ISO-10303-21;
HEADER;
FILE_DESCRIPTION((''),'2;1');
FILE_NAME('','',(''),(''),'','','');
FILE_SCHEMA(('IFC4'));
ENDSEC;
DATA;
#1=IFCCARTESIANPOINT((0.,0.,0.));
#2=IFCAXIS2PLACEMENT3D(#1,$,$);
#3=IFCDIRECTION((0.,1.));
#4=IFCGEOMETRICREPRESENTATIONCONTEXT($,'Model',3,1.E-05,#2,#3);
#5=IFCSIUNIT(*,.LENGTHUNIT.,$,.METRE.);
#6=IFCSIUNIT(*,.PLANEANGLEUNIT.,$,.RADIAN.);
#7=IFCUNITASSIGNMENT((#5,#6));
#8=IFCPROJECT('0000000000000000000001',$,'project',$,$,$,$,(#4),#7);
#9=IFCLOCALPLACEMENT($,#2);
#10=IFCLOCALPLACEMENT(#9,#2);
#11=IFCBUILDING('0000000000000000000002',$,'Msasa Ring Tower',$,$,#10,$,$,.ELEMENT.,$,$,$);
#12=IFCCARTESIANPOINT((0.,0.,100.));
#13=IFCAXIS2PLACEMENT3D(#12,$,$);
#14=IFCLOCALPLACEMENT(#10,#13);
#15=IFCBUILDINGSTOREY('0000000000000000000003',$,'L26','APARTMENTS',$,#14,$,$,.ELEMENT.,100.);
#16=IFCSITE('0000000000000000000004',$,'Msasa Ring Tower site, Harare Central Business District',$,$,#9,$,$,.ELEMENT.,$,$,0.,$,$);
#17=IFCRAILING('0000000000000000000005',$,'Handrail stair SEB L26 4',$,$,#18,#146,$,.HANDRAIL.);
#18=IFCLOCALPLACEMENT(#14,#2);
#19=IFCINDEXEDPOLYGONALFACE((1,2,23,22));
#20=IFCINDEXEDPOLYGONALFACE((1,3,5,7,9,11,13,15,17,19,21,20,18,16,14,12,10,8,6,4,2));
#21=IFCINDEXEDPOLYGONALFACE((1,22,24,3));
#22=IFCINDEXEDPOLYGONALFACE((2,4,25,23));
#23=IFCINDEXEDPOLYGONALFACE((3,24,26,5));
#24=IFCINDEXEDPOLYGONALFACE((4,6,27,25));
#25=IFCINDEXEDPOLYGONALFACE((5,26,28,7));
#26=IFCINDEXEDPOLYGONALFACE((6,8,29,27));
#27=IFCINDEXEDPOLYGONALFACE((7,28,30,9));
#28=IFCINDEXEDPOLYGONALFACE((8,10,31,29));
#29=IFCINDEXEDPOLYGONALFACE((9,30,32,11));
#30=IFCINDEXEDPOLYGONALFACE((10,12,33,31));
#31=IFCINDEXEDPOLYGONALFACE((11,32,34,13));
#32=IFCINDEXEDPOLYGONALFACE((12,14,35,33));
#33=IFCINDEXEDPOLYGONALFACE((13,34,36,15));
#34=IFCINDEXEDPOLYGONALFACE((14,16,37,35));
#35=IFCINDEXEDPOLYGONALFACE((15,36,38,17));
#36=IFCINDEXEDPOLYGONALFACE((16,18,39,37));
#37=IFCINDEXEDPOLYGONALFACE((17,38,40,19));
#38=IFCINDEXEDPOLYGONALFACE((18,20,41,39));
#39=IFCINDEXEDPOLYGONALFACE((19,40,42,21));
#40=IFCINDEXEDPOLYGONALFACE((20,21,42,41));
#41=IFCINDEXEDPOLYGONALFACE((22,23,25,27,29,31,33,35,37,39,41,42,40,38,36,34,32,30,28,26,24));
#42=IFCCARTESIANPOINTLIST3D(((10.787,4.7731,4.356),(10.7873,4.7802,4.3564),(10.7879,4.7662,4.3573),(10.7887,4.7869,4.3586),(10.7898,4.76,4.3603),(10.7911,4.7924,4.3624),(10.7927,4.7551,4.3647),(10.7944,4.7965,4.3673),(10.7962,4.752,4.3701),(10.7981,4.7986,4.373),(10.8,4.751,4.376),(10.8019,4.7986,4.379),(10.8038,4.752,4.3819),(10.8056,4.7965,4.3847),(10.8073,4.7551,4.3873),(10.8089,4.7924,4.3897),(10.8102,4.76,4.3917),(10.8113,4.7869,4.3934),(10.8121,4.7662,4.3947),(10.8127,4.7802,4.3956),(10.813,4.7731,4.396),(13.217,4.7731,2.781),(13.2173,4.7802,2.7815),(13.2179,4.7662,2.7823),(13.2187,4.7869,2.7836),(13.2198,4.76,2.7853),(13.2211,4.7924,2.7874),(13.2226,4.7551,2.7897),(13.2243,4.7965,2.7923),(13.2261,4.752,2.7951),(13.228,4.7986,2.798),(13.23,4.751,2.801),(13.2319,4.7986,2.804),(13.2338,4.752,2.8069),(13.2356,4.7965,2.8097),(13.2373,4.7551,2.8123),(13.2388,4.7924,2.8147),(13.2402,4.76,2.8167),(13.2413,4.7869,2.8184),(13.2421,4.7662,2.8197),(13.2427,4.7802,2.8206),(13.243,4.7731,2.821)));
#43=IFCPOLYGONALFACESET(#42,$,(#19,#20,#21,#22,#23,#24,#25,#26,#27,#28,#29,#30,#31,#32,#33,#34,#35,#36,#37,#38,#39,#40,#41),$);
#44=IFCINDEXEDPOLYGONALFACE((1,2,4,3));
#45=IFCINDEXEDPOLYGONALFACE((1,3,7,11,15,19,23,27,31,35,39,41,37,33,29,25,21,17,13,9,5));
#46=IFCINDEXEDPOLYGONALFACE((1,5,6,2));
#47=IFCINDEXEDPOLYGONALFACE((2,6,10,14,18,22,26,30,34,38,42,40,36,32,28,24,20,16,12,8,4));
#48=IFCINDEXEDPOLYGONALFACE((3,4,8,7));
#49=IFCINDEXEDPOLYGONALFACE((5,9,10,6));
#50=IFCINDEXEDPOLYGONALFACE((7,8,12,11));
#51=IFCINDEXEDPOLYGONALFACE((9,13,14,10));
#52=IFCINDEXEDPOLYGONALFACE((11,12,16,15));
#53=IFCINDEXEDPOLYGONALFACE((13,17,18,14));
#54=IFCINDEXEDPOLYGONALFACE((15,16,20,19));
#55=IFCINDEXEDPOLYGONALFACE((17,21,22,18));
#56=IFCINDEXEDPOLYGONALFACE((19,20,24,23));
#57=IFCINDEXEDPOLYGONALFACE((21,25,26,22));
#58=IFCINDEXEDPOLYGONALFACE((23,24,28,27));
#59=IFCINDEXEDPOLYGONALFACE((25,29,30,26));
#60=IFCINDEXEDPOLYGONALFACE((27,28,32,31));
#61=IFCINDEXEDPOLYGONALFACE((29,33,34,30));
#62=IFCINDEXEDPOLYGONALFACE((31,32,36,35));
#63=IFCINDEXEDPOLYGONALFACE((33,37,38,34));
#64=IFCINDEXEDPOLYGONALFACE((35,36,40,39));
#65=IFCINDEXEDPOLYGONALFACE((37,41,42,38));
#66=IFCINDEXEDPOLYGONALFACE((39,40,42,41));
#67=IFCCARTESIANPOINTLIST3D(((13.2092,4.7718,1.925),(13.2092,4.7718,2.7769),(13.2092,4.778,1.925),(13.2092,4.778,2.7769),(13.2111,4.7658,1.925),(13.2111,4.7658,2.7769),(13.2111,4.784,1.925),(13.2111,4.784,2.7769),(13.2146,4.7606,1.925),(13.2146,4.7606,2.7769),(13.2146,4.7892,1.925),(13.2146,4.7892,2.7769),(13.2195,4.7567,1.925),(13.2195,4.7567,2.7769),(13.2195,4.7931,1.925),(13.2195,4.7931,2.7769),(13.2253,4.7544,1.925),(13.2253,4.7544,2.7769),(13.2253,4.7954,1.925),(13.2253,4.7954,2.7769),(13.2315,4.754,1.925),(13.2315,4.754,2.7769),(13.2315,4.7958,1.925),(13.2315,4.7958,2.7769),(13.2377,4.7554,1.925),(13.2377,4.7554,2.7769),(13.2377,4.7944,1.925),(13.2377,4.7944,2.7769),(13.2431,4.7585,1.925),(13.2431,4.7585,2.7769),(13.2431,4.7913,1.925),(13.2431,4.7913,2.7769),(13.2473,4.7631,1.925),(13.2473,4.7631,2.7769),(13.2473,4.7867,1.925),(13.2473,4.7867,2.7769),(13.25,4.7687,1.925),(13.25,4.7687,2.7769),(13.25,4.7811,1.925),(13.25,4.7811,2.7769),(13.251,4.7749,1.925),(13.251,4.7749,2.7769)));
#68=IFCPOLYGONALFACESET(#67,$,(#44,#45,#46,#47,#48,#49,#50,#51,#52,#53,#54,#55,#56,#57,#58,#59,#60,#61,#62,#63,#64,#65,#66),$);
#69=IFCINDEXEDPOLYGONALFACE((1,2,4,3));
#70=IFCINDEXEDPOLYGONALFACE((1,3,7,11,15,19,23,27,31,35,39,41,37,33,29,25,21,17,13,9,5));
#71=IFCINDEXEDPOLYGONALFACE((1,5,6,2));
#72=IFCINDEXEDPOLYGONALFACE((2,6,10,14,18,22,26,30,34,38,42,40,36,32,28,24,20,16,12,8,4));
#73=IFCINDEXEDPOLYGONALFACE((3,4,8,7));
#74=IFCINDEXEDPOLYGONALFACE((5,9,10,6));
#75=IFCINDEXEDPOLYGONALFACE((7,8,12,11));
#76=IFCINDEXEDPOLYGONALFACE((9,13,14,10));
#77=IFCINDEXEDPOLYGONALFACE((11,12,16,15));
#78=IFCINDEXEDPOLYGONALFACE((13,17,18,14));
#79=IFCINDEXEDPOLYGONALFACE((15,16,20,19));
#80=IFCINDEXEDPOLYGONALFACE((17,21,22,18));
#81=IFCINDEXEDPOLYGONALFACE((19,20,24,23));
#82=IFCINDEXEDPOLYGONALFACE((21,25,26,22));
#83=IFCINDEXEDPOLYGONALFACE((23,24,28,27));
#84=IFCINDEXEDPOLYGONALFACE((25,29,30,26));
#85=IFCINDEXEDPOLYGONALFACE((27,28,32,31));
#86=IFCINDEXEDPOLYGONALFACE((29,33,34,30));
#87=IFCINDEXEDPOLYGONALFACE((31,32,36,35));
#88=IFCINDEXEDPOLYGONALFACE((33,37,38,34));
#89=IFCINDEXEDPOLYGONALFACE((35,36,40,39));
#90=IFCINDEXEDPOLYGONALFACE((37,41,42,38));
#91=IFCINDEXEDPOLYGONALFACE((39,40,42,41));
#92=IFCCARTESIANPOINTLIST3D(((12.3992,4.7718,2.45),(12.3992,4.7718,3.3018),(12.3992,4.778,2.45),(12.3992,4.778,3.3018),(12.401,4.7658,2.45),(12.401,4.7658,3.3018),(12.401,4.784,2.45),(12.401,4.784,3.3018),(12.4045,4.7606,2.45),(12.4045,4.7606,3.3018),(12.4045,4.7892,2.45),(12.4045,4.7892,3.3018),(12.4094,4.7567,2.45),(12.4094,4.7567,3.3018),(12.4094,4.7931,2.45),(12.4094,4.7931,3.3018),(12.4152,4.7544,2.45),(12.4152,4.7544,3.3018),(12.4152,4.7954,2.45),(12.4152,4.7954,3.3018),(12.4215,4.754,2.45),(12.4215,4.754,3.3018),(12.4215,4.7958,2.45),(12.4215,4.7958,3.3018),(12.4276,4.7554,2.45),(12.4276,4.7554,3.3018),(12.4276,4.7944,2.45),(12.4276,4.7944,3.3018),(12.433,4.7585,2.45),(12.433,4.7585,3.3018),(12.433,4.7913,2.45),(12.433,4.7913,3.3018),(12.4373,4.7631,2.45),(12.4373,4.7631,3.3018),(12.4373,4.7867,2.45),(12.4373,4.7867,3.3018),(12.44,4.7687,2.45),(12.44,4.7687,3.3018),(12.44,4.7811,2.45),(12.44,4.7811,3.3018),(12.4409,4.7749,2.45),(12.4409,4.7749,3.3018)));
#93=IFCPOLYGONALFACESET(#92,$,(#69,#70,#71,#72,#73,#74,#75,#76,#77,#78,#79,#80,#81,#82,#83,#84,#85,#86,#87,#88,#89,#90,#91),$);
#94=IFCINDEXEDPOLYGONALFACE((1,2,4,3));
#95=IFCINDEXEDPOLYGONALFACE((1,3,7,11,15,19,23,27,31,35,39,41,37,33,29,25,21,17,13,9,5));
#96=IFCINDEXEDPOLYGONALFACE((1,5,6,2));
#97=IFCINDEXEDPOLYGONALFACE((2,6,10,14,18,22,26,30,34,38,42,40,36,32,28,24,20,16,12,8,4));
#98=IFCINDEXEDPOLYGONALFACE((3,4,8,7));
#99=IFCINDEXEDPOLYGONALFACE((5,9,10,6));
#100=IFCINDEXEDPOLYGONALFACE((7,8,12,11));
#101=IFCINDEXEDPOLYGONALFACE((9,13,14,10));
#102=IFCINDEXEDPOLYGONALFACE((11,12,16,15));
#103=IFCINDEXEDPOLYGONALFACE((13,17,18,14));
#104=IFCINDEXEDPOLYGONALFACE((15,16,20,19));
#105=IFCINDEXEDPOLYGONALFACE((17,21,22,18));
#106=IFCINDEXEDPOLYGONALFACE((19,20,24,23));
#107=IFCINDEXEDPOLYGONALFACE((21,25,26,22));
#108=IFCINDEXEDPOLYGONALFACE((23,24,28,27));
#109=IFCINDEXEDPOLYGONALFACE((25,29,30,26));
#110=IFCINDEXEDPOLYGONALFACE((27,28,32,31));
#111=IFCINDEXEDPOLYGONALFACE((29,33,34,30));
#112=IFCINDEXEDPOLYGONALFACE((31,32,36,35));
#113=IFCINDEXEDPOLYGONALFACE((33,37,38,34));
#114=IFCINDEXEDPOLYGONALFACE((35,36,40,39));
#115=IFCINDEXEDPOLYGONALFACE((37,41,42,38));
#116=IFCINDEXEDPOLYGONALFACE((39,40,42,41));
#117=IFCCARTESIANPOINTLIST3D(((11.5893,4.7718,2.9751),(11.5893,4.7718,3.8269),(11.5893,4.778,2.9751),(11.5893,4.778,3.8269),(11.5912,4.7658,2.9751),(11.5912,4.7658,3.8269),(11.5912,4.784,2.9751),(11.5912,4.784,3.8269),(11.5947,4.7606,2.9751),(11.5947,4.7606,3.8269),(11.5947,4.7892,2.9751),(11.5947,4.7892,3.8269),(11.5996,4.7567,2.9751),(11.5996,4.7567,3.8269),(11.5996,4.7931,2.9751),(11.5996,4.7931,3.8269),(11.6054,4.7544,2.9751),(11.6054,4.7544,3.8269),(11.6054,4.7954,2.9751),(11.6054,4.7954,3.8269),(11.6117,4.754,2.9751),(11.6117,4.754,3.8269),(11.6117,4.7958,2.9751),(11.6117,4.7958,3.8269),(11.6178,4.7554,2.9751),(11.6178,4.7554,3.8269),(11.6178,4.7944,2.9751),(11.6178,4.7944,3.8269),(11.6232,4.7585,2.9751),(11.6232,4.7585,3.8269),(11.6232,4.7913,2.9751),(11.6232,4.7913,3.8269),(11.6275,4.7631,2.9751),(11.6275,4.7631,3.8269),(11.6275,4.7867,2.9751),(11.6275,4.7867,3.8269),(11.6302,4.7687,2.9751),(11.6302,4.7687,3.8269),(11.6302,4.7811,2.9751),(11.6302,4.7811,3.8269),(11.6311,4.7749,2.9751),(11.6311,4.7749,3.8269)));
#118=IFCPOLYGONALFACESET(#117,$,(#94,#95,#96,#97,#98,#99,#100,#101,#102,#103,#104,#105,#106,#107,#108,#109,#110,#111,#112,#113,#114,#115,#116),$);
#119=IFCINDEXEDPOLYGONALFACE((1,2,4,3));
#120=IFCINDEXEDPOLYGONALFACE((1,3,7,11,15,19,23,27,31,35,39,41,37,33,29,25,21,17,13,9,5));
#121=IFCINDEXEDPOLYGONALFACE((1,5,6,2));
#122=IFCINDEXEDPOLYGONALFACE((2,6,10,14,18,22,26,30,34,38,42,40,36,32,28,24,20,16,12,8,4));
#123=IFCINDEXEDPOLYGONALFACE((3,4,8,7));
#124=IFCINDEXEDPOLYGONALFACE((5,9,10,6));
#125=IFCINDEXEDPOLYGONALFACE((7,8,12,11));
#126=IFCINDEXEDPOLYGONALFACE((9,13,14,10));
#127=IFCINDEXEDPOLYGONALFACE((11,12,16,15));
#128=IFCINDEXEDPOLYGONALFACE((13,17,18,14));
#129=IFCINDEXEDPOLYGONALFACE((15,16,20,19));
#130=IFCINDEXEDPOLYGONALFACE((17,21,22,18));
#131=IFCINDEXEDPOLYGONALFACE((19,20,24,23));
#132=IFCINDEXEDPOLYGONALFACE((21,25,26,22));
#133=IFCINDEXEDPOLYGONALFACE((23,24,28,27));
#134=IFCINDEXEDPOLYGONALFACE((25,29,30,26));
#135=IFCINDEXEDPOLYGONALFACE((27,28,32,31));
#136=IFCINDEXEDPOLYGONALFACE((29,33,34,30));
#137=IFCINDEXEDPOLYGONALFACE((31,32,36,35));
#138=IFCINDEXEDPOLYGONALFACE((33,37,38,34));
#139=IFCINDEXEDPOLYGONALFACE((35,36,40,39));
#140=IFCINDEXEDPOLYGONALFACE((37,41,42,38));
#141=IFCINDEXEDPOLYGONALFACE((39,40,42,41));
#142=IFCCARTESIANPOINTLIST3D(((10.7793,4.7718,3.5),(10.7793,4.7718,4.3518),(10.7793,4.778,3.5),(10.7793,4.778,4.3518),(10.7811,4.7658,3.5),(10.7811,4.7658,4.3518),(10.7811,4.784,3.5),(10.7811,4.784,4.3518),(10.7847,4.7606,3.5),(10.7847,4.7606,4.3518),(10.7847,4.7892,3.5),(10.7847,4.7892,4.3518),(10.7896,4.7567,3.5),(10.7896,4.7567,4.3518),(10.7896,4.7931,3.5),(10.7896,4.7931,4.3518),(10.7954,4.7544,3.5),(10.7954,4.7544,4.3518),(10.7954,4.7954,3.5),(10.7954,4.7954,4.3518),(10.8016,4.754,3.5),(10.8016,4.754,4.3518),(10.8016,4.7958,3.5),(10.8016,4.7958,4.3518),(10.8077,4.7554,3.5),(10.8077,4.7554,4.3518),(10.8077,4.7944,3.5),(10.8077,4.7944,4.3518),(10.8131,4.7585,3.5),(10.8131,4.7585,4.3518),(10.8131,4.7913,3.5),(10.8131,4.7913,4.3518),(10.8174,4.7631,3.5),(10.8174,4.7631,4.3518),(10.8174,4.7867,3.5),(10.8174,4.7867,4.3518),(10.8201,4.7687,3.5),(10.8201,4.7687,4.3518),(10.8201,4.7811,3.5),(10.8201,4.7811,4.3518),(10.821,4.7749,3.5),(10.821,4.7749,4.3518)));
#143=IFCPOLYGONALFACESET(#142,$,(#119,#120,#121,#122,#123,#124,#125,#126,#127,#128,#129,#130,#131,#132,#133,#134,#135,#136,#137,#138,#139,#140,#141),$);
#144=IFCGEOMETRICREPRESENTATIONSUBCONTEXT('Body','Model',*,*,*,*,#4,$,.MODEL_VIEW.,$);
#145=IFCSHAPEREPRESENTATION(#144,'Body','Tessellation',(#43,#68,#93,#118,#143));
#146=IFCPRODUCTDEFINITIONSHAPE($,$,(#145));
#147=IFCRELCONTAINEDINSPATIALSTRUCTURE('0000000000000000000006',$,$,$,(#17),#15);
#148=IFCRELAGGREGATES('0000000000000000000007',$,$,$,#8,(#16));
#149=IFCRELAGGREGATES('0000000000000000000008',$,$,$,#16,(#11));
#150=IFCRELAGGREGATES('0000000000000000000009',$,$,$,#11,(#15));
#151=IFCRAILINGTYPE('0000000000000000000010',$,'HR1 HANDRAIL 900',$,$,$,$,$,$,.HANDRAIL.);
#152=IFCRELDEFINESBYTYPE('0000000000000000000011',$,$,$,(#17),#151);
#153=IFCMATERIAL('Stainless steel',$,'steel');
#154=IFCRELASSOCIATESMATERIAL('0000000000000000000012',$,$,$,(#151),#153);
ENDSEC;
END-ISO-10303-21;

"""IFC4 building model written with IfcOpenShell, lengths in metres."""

from ifc_helpers import new_model, si_unit, direction, frame, origin, origin_2d, place, context, subcontext, project, spatial, circle, extrude, material, type_object, element, save


model = new_model("IFC4")

# Units and contexts
model_context = context("Model", 3, precision=1e-05, world=origin(), true_north=direction((0.0, 1.0)))
body_context = subcontext(model_context, "Body", "Model", "MODEL_VIEW")
ifc_project = project(units=[si_unit("LENGTHUNIT", "METRE"), si_unit("PLANEANGLEUNIT", "RADIAN")], contexts=[model_context])

# Site, building, storey
site_placement = place(None, origin())
site = spatial("IfcSite", under=ifc_project, at=site_placement, Name="Msasa Ring Tower site, Harare Central Business District", CompositionType="ELEMENT", RefElevation=0.0)
building_placement = place(site_placement, origin())
building = spatial("IfcBuilding", under=site, at=building_placement, Name="Msasa Ring Tower", CompositionType="ELEMENT")
storey_placement = place(building_placement, frame((0.0, 0.0, 100.0)))
storey = spatial("IfcBuildingStorey", under=building, at=storey_placement, Name="L26", Description="APARTMENTS", CompositionType="ELEMENT", Elevation=100.0)

# Railing
ifc_material_1 = material(Name="Stainless steel", Category="steel")
railing_type = type_object("IfcRailingType", Name="HR1 HANDRAIL 900", PredefinedType="HANDRAIL", material=ifc_material_1)
for number, where, name in (
    (1, (13.23, 4.7749, 1.925), "Handrail stair SEB L26 4"),
):
    element("IfcRailing", number, at=place(storey_placement, frame(where)), inside=storey, type_object=railing_type, Name=name, PredefinedType="HANDRAIL", context=body_context, shape_type="SweptSolid", body=[
        extrude(circle(Radius=0.0239, at=origin_2d()), frame((0.0, 0.0, 0.876), z_axis=(-0.839154, 0.0, 0.543894), x_axis=(0.0, -1.0, 0.0)), (0.0, 0.0, 1.0), 2.8958),
        extrude(circle(Radius=0.021, at=origin_2d()), origin(), (0.0, 0.0, 1.0), 0.8518),
        extrude(circle(Radius=0.021, at=origin_2d()), frame((-0.8101, 0.0, 0.5249)), (0.0, 0.0, 1.0), 0.8518),
        extrude(circle(Radius=0.021, at=origin_2d()), frame((-1.6199, 0.0, 1.05)), (0.0, 0.0, 1.0), 0.8518),
        extrude(circle(Radius=0.021, at=origin_2d()), frame((-2.4299, 0.0, 1.575)), (0.0, 0.0, 1.0), 0.8518),
    ])

save(model, "model.ifc")
